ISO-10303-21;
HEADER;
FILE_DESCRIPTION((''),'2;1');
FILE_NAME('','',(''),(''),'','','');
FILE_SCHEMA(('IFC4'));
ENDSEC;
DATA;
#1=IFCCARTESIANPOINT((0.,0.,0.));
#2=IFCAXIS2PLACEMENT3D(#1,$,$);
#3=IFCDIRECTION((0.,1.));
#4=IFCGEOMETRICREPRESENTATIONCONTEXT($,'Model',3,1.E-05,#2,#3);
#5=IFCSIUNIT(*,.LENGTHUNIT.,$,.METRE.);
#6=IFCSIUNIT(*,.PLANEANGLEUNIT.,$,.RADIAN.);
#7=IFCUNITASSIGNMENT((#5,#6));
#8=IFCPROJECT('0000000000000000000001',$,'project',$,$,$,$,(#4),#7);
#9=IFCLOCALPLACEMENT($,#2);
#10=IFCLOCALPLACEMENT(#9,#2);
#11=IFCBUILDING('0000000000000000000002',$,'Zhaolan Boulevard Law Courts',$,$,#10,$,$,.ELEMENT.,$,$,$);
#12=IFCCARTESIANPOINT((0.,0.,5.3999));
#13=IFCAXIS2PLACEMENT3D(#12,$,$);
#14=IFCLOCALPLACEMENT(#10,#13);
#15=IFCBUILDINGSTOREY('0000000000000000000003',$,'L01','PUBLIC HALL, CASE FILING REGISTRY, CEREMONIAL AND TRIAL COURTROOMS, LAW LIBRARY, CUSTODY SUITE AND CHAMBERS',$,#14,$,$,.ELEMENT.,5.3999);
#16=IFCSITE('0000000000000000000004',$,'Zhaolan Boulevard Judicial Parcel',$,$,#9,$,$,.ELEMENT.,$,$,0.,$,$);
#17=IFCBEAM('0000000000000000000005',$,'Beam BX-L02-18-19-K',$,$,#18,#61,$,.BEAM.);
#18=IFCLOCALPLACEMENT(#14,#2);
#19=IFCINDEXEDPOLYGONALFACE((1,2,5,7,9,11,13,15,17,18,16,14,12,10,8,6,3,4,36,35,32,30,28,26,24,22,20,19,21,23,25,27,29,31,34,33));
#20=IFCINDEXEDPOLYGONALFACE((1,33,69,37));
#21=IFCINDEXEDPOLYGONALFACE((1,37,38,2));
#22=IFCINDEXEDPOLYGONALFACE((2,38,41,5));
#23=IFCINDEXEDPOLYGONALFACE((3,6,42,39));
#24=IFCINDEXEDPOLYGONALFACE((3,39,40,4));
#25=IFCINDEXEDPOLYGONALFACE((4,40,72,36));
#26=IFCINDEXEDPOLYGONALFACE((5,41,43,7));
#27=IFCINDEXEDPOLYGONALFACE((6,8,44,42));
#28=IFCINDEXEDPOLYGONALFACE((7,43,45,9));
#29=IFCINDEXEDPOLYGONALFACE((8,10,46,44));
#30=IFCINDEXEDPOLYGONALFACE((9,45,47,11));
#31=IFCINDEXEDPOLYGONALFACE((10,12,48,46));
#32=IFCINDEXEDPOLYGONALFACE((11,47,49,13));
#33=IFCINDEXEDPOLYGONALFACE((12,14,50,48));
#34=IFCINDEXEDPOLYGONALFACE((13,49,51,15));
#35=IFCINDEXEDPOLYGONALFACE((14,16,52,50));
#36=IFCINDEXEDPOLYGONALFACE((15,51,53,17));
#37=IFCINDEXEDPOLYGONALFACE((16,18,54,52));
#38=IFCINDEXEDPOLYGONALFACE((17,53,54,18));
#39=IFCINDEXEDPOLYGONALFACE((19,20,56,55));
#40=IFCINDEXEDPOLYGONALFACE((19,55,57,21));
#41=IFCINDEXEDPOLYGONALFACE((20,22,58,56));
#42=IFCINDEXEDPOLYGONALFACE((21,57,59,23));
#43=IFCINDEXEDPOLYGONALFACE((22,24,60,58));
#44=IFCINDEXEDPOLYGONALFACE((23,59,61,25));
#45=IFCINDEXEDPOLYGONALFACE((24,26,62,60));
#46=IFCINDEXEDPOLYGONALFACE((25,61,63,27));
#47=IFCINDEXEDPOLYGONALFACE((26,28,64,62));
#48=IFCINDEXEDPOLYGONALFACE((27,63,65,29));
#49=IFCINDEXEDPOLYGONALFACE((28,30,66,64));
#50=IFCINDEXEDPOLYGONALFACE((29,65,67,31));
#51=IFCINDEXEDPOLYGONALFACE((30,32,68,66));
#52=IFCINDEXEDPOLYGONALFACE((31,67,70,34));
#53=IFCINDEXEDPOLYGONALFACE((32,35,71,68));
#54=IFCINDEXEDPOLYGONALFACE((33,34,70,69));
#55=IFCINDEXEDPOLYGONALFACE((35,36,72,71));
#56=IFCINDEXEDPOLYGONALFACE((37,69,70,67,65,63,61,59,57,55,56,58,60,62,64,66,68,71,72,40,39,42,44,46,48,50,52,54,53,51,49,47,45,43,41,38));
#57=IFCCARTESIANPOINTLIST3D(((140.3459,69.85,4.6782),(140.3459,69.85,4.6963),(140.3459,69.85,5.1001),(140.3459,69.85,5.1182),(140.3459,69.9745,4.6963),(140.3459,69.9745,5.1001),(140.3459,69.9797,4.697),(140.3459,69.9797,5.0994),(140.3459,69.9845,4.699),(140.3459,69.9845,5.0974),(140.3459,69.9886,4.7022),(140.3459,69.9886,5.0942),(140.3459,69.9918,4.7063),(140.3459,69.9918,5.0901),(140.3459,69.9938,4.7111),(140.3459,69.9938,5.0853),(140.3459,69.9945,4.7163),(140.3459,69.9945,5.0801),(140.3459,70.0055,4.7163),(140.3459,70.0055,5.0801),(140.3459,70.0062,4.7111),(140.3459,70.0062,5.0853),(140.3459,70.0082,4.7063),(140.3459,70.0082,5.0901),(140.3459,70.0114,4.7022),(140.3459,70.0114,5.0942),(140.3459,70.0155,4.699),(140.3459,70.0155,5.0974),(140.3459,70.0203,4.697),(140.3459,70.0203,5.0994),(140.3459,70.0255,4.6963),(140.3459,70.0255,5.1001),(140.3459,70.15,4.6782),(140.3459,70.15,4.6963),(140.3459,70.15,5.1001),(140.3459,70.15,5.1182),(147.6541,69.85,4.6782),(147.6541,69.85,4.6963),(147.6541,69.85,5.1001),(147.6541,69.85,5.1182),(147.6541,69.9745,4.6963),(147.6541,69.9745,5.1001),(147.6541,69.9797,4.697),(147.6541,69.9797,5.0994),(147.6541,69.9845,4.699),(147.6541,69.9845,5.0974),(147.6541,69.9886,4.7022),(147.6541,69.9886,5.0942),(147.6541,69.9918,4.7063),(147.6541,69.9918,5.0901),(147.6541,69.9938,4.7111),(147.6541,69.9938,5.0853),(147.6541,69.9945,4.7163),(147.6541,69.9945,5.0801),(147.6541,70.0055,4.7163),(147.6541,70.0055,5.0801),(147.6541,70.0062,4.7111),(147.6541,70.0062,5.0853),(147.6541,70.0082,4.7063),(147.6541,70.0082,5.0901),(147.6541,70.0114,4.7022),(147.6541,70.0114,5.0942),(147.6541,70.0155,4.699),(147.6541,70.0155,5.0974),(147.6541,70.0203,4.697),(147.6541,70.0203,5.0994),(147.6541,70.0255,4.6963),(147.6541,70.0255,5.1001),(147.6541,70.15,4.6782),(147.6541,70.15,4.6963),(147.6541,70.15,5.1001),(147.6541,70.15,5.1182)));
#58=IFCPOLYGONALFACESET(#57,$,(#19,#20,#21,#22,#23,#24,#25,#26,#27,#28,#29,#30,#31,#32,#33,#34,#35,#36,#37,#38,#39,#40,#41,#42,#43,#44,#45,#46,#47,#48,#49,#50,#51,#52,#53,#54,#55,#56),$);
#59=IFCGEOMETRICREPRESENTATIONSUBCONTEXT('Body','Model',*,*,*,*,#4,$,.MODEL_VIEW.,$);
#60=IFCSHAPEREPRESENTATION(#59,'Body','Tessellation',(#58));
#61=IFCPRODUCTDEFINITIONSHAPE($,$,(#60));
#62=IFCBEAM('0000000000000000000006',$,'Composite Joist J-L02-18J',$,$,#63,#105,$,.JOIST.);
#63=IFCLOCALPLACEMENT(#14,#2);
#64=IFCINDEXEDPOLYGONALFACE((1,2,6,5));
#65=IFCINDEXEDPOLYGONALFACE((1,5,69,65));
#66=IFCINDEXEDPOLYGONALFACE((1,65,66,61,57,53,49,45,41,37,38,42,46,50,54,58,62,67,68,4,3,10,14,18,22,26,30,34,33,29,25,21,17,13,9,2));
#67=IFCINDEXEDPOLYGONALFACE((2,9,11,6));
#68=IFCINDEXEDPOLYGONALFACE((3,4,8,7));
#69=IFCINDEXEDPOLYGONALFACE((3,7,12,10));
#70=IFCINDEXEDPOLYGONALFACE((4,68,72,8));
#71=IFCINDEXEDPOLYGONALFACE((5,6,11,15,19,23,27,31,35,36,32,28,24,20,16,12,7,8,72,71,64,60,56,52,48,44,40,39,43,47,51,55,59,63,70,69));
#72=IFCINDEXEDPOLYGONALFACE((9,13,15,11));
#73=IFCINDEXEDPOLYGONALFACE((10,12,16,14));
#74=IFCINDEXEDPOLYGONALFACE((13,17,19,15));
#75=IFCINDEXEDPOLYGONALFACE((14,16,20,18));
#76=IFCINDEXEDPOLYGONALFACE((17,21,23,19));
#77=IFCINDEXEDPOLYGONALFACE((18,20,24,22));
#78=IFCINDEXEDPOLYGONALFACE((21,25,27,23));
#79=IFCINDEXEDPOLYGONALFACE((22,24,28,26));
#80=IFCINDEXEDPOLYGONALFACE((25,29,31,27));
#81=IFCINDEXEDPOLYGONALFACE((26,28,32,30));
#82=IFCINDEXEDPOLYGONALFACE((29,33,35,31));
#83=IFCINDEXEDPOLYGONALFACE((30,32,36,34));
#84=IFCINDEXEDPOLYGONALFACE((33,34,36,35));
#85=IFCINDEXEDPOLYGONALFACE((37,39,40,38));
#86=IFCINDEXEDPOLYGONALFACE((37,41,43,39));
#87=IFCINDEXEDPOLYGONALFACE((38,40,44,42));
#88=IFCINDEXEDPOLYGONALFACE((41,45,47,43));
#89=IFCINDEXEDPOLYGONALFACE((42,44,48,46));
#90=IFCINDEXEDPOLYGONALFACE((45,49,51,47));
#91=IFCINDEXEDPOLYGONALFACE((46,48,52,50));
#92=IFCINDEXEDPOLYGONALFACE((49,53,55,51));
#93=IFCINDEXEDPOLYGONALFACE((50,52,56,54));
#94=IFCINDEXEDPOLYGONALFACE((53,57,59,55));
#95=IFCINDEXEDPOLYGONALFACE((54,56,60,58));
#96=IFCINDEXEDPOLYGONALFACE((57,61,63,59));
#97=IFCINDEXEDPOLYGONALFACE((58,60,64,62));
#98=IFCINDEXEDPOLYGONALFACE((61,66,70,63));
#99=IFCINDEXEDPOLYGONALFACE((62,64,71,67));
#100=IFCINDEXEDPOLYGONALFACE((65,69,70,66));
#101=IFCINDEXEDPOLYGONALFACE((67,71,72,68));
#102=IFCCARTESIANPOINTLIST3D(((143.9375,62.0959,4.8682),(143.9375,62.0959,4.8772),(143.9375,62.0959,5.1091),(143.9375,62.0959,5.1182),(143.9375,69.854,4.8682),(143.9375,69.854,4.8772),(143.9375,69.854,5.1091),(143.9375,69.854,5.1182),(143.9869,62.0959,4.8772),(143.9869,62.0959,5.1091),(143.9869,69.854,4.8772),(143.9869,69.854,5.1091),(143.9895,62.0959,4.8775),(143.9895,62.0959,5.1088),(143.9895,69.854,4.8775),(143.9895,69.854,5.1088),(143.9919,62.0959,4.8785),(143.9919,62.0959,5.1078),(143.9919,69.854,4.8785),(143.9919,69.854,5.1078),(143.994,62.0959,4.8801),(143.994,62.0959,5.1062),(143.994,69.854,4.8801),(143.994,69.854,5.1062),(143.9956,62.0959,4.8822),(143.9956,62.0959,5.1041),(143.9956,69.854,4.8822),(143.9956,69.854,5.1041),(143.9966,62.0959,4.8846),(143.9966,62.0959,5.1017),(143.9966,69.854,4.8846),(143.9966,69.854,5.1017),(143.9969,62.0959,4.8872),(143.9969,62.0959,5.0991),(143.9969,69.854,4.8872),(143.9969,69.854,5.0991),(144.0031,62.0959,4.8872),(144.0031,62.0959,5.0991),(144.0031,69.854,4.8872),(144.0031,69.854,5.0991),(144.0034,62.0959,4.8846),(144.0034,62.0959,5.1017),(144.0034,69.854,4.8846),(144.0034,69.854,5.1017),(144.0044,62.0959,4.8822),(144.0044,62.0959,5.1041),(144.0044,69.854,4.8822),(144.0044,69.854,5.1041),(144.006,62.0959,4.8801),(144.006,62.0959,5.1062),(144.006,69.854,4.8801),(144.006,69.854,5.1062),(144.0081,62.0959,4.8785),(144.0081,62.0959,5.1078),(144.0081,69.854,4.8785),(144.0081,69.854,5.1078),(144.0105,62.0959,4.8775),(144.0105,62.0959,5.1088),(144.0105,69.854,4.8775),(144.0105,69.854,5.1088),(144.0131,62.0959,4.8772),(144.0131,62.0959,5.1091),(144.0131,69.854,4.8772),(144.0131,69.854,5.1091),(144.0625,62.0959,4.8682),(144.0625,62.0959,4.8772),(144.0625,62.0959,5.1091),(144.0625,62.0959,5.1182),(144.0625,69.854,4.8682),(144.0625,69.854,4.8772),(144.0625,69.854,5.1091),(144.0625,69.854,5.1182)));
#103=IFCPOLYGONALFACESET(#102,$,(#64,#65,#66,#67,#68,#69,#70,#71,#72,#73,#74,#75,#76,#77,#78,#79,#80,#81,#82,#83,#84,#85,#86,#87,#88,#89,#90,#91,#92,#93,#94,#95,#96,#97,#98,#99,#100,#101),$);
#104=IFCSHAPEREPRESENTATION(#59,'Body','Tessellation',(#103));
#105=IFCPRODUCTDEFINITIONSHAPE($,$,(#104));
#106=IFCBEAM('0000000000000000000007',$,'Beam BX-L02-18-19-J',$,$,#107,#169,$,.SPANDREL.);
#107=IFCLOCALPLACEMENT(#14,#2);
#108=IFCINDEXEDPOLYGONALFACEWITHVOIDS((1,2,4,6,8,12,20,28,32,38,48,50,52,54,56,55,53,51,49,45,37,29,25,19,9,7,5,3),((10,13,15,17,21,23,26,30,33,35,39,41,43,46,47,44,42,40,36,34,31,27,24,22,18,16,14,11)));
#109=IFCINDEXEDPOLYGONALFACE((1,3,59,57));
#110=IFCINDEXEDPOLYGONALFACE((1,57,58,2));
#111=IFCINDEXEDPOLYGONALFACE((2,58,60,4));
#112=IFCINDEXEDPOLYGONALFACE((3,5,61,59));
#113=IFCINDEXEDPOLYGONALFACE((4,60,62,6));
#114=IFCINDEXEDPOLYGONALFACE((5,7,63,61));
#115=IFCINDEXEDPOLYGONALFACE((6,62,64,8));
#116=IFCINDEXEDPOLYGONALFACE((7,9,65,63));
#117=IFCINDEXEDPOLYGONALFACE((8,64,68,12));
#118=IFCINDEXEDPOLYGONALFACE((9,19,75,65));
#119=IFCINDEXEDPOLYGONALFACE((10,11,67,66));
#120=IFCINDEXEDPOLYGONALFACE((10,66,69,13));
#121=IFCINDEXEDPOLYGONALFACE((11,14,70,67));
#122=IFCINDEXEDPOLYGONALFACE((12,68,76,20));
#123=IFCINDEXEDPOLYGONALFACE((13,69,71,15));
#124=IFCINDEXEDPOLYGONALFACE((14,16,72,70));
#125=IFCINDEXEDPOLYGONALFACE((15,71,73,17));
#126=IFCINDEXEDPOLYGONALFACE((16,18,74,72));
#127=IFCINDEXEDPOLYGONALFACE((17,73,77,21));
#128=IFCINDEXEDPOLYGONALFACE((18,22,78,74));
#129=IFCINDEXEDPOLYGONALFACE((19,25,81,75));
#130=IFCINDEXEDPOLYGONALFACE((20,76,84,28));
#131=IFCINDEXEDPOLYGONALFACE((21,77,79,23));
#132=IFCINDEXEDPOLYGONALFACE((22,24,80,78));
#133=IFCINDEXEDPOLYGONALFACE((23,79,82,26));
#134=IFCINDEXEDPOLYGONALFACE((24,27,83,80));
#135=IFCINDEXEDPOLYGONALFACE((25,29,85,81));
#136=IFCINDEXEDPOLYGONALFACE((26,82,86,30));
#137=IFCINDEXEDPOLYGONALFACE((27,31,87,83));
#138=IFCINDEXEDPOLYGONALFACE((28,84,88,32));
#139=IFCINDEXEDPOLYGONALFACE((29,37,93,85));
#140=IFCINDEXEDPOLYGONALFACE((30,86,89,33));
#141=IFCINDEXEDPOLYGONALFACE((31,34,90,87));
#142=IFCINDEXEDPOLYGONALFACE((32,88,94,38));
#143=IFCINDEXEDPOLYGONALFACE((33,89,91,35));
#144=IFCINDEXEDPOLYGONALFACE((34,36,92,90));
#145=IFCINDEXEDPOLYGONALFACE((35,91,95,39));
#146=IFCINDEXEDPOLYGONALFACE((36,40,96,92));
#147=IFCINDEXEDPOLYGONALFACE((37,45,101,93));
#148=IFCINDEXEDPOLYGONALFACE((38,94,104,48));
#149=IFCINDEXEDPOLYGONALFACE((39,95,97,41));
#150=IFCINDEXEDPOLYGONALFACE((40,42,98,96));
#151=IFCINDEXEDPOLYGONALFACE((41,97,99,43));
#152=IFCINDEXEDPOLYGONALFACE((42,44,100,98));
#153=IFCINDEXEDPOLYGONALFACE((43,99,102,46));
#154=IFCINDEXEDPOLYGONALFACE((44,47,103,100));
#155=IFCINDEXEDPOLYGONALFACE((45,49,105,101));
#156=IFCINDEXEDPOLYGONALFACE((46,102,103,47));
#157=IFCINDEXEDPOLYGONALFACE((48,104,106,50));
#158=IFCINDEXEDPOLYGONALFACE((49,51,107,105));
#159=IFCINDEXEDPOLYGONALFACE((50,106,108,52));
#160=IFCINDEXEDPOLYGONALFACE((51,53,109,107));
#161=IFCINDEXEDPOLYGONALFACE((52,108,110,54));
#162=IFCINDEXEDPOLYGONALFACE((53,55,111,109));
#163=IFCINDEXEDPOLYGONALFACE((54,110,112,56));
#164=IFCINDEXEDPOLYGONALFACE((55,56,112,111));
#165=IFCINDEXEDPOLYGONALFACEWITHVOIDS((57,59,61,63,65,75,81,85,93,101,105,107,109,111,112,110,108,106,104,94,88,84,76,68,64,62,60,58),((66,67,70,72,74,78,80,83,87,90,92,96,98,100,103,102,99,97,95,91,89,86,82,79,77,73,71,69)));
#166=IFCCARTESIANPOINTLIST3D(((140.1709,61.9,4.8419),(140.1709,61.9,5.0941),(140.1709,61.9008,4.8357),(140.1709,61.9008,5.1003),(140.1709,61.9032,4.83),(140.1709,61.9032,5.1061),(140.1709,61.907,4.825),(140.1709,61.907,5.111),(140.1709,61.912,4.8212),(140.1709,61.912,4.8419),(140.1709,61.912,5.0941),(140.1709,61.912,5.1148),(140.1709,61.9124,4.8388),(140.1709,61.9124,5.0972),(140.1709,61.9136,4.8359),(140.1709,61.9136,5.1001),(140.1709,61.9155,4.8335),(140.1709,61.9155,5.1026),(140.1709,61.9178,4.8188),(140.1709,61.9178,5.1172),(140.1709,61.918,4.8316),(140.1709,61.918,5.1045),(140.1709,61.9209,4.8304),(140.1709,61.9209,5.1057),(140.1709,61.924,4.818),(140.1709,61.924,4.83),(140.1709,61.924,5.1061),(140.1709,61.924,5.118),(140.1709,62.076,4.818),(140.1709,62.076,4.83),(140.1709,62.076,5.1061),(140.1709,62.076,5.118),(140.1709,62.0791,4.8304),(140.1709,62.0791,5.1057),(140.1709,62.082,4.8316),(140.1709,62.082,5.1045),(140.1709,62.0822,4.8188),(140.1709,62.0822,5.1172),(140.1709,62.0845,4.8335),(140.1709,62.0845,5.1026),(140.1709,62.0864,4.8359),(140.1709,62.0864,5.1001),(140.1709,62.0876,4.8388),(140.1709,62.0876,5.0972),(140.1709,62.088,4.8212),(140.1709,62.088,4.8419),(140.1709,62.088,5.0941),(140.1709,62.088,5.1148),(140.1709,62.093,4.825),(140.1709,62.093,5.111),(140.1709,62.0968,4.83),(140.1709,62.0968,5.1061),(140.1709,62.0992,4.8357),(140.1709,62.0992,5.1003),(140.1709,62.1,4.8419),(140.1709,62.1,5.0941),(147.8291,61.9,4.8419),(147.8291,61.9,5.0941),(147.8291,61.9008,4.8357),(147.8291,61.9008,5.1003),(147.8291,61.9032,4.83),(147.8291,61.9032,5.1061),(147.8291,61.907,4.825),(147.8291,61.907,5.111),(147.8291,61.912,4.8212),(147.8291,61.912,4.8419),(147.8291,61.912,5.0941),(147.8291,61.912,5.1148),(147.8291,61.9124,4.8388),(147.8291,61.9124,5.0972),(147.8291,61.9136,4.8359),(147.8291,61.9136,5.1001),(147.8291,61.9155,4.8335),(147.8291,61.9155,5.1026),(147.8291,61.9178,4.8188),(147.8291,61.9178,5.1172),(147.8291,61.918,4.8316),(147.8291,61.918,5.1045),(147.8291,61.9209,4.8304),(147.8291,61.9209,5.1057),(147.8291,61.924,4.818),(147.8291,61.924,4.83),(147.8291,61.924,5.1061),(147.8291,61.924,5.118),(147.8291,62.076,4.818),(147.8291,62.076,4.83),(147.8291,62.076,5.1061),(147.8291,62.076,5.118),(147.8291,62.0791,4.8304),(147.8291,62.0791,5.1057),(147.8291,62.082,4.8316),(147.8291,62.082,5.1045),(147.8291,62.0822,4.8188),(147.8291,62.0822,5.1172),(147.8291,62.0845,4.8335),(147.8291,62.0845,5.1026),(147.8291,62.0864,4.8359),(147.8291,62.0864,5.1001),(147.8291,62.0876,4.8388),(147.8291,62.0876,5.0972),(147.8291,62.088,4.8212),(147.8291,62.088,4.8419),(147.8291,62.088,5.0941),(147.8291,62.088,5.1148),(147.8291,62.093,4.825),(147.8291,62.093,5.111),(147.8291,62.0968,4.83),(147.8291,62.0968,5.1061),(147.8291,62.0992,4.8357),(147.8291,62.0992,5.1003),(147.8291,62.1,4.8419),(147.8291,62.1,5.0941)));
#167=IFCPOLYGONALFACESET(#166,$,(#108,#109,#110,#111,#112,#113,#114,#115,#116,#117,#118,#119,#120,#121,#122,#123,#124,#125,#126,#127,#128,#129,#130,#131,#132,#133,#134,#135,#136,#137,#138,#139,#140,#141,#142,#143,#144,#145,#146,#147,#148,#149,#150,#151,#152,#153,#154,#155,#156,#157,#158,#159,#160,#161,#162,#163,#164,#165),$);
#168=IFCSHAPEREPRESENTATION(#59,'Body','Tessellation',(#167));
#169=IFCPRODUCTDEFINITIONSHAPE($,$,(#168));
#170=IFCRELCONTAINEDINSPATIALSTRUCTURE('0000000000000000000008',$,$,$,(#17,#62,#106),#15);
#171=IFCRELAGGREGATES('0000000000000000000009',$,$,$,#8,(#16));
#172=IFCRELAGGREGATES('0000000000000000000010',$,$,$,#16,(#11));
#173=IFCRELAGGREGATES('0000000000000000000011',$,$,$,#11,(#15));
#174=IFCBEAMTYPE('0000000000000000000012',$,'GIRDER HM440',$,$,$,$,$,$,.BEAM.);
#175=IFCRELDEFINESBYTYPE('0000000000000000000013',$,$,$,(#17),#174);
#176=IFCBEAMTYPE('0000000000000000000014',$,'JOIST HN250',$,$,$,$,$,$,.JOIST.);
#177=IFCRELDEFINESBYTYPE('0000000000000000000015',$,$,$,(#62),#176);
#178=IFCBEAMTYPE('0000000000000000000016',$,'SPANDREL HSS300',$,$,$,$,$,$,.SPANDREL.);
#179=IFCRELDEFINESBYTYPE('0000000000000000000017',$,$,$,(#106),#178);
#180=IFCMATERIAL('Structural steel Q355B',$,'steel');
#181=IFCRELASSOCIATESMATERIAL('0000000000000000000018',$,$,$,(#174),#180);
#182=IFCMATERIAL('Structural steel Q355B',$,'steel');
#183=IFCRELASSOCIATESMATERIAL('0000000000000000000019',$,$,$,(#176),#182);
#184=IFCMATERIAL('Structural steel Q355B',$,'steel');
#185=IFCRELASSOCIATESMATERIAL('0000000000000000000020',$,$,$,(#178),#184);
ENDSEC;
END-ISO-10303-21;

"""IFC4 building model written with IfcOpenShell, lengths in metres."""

from ifc_helpers import new_model, si_unit, direction, frame, origin, origin_2d, place, context, subcontext, project, spatial, hollow_rectangle, i_section, extrude, material, material_profile, profile_set, type_object, element, save


model = new_model("IFC4")

# Units and contexts
model_context = context("Model", 3, precision=1e-05, world=origin(), true_north=direction((0.0, 1.0)))
body_context = subcontext(model_context, "Body", "Model", "MODEL_VIEW")
ifc_project = project(units=[si_unit("LENGTHUNIT", "METRE"), si_unit("PLANEANGLEUNIT", "RADIAN")], contexts=[model_context])

# Site, building, storey
site_placement = place(None, origin())
site = spatial("IfcSite", under=ifc_project, at=site_placement, Name="Zhaolan Boulevard Judicial Parcel", CompositionType="ELEMENT", RefElevation=0.0)
building_placement = place(site_placement, origin())
building = spatial("IfcBuilding", under=site, at=building_placement, Name="Zhaolan Boulevard Law Courts", CompositionType="ELEMENT")
storey_placement = place(building_placement, frame((0.0, 0.0, 5.3999)))
storey = spatial("IfcBuildingStorey", under=building, at=storey_placement, Name="L01", Description="PUBLIC HALL, CASE FILING REGISTRY, CEREMONIAL AND TRIAL COURTROOMS, LAW LIBRARY, CUSTODY SUITE AND CHAMBERS", CompositionType="ELEMENT", Elevation=5.3999)

# Beams
ifc_material_1 = material(Name="Structural steel Q355B", Category="steel")
ifc_material_profile_1 = material_profile(ifc_material_1, i_section(OverallWidth=0.3, OverallDepth=0.4399, WebThickness=0.011, FlangeThickness=0.0181, FilletRadius=0.02, at=origin_2d()), Name="HM440x300")
ifc_profile_set_1 = profile_set([ifc_material_profile_1], Name="Structural steel Q355B")
beam_type_1 = type_object("IfcBeamType", Name="GIRDER HM440", PredefinedType="BEAM", material=ifc_profile_set_1)
beam_1_placement = place(storey_placement, frame((140.3459, 70.0, 4.8982), z_axis=(1.0, 0.0, 0.0), x_axis=(0.0, 1.0, 0.0)))
element("IfcBeam", 1, at=beam_1_placement, inside=storey, type_object=beam_type_1, Name="Beam BX-L02-18-19-K", PredefinedType="BEAM", context=body_context, shape_type="SweptSolid", body=[
    extrude(i_section(OverallWidth=0.3, OverallDepth=0.4399, WebThickness=0.011, FlangeThickness=0.0181, FilletRadius=0.02, at=origin_2d()), origin(), (0.0, 0.0, 1.0), 7.3081),
])
ifc_material_2 = material(Name="Structural steel Q355B", Category="steel")
ifc_material_profile_2 = material_profile(ifc_material_2, i_section(OverallWidth=0.125, OverallDepth=0.25, WebThickness=0.0061, FlangeThickness=0.009, FilletRadius=0.01, at=origin_2d()), Name="HN250x125")
ifc_profile_set_2 = profile_set([ifc_material_profile_2], Name="Structural steel Q355B")
beam_type_2 = type_object("IfcBeamType", Name="JOIST HN250", PredefinedType="JOIST", material=ifc_profile_set_2)
beam_2_placement = place(storey_placement, frame((144.0, 62.0959, 4.9932), z_axis=(0.0, 1.0, 0.0), x_axis=(-1.0, 0.0, 0.0)))
element("IfcBeam", 2, at=beam_2_placement, inside=storey, type_object=beam_type_2, Name="Composite Joist J-L02-18J", PredefinedType="JOIST", context=body_context, shape_type="SweptSolid", body=[
    extrude(i_section(OverallWidth=0.125, OverallDepth=0.25, WebThickness=0.0061, FlangeThickness=0.009, FilletRadius=0.01, at=origin_2d()), origin(), (0.0, 0.0, 1.0), 7.7581),
])
ifc_material_3 = material(Name="Structural steel Q355B", Category="steel")
ifc_material_profile_3 = material_profile(ifc_material_3, hollow_rectangle(XDim=0.2, YDim=0.3, WallThickness=0.012, InnerFilletRadius=0.012, OuterFilletRadius=0.0239, at=origin_2d()), Name="HSS300x200x12")
ifc_profile_set_3 = profile_set([ifc_material_profile_3], Name="Structural steel Q355B")
beam_type_3 = type_object("IfcBeamType", Name="SPANDREL HSS300", PredefinedType="SPANDREL", material=ifc_profile_set_3)
beam_3_placement = place(storey_placement, frame((140.1709, 62.0, 4.968), z_axis=(1.0, 0.0, 0.0), x_axis=(0.0, 1.0, 0.0)))
element("IfcBeam", 3, at=beam_3_placement, inside=storey, type_object=beam_type_3, Name="Beam BX-L02-18-19-J", PredefinedType="SPANDREL", context=body_context, shape_type="SweptSolid", body=[
    extrude(hollow_rectangle(XDim=0.2, YDim=0.3, WallThickness=0.012, InnerFilletRadius=0.012, OuterFilletRadius=0.0239, at=origin_2d()), origin(), (0.0, 0.0, 1.0), 7.6582),
])

save(model, "model.ifc")
